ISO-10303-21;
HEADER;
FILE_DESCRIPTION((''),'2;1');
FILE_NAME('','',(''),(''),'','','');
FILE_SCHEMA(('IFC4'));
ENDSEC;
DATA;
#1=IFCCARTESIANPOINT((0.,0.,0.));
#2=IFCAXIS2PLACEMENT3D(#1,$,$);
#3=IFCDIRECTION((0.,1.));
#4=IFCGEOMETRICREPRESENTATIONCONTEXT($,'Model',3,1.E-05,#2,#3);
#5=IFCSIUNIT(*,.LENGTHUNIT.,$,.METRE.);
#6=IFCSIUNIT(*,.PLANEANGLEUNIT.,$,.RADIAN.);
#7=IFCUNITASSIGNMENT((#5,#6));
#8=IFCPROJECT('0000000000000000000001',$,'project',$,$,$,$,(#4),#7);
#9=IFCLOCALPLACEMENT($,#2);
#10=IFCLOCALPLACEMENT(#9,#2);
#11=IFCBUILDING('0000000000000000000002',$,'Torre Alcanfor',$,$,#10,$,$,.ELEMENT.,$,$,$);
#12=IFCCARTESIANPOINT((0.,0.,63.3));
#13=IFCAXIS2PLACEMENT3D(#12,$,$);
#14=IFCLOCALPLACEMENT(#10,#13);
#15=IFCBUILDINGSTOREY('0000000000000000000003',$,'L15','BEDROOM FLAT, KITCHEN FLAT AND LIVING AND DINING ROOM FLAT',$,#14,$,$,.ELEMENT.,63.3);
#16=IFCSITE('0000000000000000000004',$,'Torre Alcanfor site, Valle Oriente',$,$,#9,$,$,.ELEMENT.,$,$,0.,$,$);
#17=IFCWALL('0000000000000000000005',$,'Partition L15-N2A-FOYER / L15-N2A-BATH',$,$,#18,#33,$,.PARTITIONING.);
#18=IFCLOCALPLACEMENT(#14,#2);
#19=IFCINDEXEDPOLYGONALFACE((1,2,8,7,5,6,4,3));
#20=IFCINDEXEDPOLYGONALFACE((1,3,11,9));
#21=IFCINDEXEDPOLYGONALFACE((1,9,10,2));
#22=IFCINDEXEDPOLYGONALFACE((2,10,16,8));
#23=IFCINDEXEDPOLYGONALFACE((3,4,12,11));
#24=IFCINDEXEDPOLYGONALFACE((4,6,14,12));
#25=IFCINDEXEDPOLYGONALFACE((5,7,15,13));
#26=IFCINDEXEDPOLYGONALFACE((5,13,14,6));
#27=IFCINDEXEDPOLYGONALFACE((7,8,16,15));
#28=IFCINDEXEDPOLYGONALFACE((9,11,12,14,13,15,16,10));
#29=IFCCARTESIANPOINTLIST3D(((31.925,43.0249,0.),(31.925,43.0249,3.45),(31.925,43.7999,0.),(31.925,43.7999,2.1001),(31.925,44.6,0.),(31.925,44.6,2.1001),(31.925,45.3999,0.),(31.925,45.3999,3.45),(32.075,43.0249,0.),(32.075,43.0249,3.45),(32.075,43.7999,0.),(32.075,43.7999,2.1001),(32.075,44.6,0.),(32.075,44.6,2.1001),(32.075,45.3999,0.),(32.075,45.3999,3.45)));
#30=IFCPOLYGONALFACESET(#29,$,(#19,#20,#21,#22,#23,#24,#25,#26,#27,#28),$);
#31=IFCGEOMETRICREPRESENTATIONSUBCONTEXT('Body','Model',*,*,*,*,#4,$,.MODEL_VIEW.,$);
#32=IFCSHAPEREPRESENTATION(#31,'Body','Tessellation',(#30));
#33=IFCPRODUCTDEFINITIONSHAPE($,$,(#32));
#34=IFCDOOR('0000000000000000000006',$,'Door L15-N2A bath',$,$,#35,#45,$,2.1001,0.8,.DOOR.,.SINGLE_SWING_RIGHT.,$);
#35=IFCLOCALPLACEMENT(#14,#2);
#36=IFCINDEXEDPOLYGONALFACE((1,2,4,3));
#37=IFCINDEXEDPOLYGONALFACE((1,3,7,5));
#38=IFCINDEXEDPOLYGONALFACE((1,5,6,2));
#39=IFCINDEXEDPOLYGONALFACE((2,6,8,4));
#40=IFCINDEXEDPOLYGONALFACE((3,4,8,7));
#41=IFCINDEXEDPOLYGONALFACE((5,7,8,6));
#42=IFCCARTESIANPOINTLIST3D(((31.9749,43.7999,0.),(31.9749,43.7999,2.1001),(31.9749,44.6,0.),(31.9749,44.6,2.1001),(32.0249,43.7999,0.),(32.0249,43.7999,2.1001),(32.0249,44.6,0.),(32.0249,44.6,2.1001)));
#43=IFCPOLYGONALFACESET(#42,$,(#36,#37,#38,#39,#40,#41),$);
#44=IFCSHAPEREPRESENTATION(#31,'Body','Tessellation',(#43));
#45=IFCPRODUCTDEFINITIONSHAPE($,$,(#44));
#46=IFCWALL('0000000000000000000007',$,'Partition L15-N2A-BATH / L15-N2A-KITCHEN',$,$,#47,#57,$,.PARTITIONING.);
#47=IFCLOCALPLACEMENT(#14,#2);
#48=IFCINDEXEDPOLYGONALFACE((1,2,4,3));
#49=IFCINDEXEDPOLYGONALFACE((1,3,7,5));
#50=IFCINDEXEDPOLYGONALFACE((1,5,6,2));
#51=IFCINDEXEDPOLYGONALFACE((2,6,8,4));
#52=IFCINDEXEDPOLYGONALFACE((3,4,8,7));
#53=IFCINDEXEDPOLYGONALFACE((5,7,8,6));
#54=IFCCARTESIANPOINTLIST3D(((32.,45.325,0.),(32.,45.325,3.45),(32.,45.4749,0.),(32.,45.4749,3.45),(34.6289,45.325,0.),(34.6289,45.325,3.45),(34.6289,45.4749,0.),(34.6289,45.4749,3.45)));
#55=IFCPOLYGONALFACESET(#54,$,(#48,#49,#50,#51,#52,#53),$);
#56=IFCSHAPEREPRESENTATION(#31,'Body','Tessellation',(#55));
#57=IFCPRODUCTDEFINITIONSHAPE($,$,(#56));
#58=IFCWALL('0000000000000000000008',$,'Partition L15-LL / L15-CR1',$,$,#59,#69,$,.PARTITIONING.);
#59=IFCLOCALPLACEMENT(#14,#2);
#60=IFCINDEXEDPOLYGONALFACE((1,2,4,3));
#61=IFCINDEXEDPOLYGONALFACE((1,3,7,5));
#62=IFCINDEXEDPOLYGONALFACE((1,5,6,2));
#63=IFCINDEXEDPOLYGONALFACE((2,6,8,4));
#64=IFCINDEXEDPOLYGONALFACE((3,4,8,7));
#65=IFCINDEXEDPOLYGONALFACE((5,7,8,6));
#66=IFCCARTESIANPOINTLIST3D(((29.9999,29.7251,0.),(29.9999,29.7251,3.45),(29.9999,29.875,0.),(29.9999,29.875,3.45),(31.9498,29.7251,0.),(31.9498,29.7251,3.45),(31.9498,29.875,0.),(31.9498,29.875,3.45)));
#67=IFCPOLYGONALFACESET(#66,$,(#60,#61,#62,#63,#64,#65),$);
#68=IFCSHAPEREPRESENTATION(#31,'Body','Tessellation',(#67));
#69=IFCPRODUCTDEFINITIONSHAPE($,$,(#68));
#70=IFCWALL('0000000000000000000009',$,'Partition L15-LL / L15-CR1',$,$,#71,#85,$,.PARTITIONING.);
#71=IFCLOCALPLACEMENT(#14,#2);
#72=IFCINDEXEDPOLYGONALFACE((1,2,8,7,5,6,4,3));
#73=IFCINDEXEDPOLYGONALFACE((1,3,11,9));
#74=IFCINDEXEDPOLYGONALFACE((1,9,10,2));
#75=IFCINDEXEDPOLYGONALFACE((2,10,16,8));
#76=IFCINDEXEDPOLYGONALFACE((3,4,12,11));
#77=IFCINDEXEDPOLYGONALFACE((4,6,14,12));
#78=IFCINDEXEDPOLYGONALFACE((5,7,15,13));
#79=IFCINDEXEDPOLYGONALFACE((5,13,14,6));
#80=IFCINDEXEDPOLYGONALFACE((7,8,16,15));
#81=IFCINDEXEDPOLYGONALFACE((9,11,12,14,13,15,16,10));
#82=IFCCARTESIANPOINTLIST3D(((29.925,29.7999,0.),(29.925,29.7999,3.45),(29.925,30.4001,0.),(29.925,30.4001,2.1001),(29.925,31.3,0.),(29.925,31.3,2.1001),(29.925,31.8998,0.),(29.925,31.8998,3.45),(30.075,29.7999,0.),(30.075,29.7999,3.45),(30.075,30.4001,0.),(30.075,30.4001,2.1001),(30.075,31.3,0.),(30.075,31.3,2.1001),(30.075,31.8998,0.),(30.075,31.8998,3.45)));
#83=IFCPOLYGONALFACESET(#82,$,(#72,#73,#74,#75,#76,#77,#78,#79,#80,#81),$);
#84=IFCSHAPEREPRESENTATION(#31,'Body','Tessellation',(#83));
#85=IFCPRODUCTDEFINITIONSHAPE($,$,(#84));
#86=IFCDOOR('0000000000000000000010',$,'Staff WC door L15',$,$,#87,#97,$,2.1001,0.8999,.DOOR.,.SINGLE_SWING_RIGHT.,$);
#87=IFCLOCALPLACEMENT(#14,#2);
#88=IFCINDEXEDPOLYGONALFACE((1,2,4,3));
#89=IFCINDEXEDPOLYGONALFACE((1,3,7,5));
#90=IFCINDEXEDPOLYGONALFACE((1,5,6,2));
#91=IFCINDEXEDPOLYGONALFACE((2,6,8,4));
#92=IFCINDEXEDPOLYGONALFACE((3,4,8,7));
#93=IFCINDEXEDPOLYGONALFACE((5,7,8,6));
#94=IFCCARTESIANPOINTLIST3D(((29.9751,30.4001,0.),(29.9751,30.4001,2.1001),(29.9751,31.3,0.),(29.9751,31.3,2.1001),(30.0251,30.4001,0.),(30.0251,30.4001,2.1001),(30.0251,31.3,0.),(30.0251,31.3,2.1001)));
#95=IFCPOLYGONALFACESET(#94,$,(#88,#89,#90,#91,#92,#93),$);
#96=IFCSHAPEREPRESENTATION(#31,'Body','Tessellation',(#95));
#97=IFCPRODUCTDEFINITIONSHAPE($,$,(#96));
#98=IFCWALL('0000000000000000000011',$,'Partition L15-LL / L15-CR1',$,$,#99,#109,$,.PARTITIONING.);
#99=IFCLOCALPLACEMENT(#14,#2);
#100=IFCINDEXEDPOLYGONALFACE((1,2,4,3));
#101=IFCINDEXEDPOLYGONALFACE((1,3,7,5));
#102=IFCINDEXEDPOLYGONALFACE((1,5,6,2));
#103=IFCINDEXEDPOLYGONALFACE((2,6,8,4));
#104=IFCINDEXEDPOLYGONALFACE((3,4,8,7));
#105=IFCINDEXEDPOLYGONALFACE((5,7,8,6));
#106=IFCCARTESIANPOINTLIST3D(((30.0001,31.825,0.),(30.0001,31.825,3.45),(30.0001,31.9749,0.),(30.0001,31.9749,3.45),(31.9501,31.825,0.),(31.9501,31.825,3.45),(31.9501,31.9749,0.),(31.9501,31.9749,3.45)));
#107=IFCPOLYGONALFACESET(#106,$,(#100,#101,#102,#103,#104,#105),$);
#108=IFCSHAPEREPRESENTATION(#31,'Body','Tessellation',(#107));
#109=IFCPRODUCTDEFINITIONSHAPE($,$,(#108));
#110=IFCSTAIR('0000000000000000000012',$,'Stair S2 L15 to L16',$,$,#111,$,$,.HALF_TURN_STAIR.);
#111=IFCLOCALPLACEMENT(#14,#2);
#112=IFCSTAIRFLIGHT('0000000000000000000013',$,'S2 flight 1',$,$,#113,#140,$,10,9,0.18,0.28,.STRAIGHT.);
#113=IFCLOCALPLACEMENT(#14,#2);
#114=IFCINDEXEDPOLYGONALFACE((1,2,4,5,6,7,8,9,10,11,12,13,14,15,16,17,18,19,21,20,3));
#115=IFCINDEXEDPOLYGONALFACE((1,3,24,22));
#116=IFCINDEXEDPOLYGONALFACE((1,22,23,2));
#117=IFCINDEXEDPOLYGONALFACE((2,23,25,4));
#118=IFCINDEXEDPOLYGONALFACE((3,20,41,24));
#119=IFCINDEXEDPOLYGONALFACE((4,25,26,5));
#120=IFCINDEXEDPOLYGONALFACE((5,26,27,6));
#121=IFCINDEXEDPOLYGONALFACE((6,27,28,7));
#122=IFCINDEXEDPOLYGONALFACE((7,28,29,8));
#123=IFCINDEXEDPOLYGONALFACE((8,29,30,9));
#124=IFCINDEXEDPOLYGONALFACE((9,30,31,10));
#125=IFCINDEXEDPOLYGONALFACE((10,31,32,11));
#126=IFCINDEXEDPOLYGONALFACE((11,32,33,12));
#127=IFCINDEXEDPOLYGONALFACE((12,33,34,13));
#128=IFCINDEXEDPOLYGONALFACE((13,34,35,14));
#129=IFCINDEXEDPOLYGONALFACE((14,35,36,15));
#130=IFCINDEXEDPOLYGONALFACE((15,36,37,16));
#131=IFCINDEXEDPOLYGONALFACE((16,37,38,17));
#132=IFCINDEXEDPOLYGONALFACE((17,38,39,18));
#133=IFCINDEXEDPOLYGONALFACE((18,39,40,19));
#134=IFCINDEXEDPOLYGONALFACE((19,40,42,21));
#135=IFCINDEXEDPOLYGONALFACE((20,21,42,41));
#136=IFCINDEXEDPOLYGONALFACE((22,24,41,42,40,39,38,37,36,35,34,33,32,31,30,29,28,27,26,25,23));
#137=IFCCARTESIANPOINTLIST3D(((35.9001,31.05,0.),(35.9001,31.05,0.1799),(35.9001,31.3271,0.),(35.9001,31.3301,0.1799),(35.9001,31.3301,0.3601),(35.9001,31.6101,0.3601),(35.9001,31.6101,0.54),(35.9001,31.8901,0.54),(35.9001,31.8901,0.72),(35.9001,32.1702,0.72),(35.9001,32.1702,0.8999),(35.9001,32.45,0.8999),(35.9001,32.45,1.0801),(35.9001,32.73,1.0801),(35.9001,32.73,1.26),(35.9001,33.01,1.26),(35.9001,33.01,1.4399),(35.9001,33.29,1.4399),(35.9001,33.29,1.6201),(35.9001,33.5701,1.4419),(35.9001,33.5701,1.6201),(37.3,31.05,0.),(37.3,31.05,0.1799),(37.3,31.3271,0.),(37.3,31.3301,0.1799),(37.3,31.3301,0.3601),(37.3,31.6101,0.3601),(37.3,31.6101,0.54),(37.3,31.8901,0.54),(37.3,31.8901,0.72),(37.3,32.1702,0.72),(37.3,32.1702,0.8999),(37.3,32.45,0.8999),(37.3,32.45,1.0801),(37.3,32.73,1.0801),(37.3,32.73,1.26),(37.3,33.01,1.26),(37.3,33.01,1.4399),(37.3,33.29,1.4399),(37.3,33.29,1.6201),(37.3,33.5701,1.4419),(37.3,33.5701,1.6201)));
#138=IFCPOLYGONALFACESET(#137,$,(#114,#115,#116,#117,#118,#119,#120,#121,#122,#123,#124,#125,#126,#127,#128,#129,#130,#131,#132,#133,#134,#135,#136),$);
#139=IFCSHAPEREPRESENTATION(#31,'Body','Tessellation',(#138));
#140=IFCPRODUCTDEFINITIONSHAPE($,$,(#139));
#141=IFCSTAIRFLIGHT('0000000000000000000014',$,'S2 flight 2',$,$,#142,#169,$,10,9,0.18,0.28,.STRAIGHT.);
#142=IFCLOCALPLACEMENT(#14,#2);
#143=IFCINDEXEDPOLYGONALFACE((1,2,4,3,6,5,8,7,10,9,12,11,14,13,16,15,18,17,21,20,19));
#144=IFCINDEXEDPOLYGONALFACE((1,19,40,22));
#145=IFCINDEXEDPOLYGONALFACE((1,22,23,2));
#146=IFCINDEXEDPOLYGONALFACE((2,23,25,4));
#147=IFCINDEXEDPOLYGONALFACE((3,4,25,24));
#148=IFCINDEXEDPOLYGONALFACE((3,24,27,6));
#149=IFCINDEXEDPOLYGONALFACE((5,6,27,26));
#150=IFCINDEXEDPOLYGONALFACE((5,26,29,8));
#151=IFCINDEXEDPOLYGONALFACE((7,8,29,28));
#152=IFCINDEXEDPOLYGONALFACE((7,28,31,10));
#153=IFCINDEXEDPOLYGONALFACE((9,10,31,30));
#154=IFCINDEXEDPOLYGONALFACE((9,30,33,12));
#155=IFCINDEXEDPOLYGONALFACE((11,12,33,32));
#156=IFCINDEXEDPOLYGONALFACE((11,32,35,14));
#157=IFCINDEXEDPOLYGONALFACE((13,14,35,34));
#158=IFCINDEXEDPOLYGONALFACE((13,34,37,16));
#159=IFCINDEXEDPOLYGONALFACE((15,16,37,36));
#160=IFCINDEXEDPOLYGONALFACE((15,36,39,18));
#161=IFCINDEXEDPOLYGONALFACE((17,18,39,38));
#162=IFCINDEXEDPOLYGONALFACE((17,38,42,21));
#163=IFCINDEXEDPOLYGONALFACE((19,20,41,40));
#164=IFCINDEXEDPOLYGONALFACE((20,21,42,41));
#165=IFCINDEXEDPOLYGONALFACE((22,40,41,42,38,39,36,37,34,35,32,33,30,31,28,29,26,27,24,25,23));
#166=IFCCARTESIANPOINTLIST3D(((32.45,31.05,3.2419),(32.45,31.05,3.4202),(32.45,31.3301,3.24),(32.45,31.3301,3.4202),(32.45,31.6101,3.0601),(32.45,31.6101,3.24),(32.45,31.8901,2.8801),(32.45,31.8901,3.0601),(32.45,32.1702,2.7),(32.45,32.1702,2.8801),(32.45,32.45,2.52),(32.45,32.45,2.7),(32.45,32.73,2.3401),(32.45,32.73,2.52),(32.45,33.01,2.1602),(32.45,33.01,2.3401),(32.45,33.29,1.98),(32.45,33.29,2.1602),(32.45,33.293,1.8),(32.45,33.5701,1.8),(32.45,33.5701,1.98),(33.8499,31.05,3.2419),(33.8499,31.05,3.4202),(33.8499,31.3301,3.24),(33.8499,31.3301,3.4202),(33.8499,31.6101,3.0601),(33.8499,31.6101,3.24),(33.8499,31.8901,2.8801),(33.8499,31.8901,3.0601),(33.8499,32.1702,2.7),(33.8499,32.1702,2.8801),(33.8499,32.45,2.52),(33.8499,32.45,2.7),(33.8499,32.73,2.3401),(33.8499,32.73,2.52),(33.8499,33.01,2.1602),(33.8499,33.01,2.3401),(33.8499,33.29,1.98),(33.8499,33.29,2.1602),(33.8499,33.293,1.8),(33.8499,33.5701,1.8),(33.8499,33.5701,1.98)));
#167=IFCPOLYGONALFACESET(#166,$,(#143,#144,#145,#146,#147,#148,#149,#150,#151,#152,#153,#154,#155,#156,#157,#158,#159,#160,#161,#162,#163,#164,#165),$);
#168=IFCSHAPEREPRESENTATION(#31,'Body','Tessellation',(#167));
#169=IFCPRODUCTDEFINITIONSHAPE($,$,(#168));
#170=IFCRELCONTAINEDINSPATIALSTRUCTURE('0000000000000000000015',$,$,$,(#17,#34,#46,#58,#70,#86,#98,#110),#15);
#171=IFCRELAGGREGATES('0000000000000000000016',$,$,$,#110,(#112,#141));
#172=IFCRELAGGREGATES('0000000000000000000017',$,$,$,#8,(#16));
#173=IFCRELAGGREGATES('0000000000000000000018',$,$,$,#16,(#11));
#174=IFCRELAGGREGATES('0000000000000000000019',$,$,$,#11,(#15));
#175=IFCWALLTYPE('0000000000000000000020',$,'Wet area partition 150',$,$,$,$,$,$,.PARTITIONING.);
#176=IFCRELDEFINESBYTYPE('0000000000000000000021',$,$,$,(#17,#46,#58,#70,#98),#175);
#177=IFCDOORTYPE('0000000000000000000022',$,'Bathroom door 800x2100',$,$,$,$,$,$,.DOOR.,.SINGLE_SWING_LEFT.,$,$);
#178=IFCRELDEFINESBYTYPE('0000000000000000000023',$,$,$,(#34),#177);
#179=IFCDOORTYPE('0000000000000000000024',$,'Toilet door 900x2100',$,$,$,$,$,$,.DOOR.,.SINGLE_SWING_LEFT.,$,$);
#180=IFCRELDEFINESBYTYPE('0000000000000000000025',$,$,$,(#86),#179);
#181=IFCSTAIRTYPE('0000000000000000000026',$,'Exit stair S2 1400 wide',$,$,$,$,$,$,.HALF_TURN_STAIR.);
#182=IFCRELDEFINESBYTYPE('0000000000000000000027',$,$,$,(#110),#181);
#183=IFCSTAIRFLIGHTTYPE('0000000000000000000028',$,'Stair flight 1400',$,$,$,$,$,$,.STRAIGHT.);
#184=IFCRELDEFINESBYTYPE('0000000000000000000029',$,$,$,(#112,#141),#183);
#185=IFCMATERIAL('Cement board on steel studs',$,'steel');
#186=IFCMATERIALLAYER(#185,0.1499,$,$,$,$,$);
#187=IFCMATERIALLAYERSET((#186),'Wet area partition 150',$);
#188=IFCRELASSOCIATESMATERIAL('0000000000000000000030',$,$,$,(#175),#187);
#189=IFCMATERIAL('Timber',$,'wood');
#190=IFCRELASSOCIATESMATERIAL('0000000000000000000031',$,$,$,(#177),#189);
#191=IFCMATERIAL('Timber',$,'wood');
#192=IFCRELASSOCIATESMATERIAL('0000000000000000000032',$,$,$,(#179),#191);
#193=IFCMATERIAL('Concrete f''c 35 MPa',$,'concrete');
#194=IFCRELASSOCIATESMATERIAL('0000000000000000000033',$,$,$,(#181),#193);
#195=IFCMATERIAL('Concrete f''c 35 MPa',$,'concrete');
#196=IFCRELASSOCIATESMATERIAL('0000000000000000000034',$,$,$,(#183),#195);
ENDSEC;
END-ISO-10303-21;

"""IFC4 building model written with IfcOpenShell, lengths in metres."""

from ifc_helpers import new_model, si_unit, direction, frame, frame_2d, origin, place, context, subcontext, project, spatial, polyline, rectangle, outline, extrude, material, layer, layer_set, type_object, element, fill, aggregate, save


model = new_model("IFC4")

# Units and contexts
model_context = context("Model", 3, precision=1e-05, world=origin(), true_north=direction((0.0, 1.0)))
body_context = subcontext(model_context, "Body", "Model", "MODEL_VIEW")
ifc_project = project(units=[si_unit("LENGTHUNIT", "METRE"), si_unit("PLANEANGLEUNIT", "RADIAN")], contexts=[model_context])

# Site, building, storey
site_placement = place(None, origin())
site = spatial("IfcSite", under=ifc_project, at=site_placement, Name="Torre Alcanfor site, Valle Oriente", CompositionType="ELEMENT", RefElevation=0.0)
building_placement = place(site_placement, origin())
building = spatial("IfcBuilding", under=site, at=building_placement, Name="Torre Alcanfor", CompositionType="ELEMENT")
storey_placement = place(building_placement, frame((0.0, 0.0, 63.3)))
storey = spatial("IfcBuildingStorey", under=building, at=storey_placement, Name="L15", Description="BEDROOM FLAT, KITCHEN FLAT AND LIVING AND DINING ROOM FLAT", CompositionType="ELEMENT", Elevation=63.3)

# Wall, opening, door
ifc_material_1 = material(Name="Cement board on steel studs", Category="steel")
ifc_layer_1 = layer(ifc_material_1, 0.1499)
ifc_layer_set_1 = layer_set([ifc_layer_1], Name="Wet area partition 150")
wall_type_1 = type_object("IfcWallType", Name="Wet area partition 150", PredefinedType="PARTITIONING", material=ifc_layer_set_1)
wall_1_placement = place(storey_placement, frame((32.0, 45.3999, 0.0), z_axis=(0.0, 0.0, 1.0), x_axis=(0.0, -1.0, 0.0)))
wall_1 = element("IfcWall", 1, at=wall_1_placement, inside=storey, type_object=wall_type_1, Name="Partition L15-N2A-FOYER / L15-N2A-BATH", PredefinedType="PARTITIONING", context=body_context, shape_type="SweptSolid", body=[
    extrude(rectangle(XDim=2.375, YDim=0.1499, at=frame_2d((1.1875, 0.0))), origin(), (0.0, 0.0, 1.0), 3.45),
])
opening_1_placement = place(wall_1_placement, frame((0.8, 0.0, 0.0)))
opening_1 = element("IfcOpeningElement", 2, at=opening_1_placement, cuts=wall_1, PredefinedType="OPENING", context=body_context, shape_type="SweptSolid", body=[
    extrude(rectangle(XDim=0.8, YDim=2.1001, at=frame_2d((0.3999, 1.05))), frame((0.0, 0.085, 0.0), z_axis=(0.0, -1.0, 0.0), x_axis=(1.0, 0.0, 0.0)), (0.0, 0.0, 1.0), 0.1699),
])
ifc_material_2 = material(Name="Timber", Category="wood")
door_type_1 = type_object("IfcDoorType", Name="Bathroom door 800x2100", OperationType="SINGLE_SWING_LEFT", PredefinedType="DOOR", material=ifc_material_2)
door_1_placement = place(opening_1_placement, origin())
door_1 = element("IfcDoor", 3, at=door_1_placement, inside=storey, type_object=door_type_1, Name="Door L15-N2A bath", OperationType="SINGLE_SWING_RIGHT", OverallHeight=2.1001, OverallWidth=0.8, PredefinedType="DOOR", context=body_context, shape_type="SweptSolid", body=[
    extrude(rectangle(XDim=0.8, YDim=2.1001, at=frame_2d((0.3999, 1.05))), frame((0.0, 0.0249, 0.0), z_axis=(0.0, -1.0, 0.0), x_axis=(1.0, 0.0, 0.0)), (0.0, 0.0, 1.0), 0.05),
])
fill(opening_1, door_1)

# Walls
wall_2_placement = place(storey_placement, frame((32.0, 45.3999, 0.0), z_axis=(0.0, 0.0, 1.0), x_axis=(1.0, 0.0, 0.0)))
element("IfcWall", 4, at=wall_2_placement, inside=storey, type_object=wall_type_1, Name="Partition L15-N2A-BATH / L15-N2A-KITCHEN", PredefinedType="PARTITIONING", context=body_context, shape_type="SweptSolid", body=[
    extrude(rectangle(XDim=2.6289, YDim=0.1499, at=frame_2d((1.3145, 0.0))), origin(), (0.0, 0.0, 1.0), 3.45),
])
wall_3_placement = place(storey_placement, frame((31.95, 29.8, 0.0), z_axis=(0.0, 0.0, 1.0), x_axis=(-1.0, 0.0, 0.0)))
element("IfcWall", 5, at=wall_3_placement, inside=storey, type_object=wall_type_1, Name="Partition L15-LL / L15-CR1", PredefinedType="PARTITIONING", context=body_context, shape_type="SweptSolid", body=[
    extrude(rectangle(XDim=1.95, YDim=0.1499, at=frame_2d((0.9751, 0.0))), origin(), (0.0, 0.0, 1.0), 3.45),
])

# Wall, opening, door
wall_4_placement = place(storey_placement, frame((30.0, 29.8, 0.0), z_axis=(0.0, 0.0, 1.0), x_axis=(0.0, 1.0, 0.0)))
wall_4 = element("IfcWall", 6, at=wall_4_placement, inside=storey, type_object=wall_type_1, Name="Partition L15-LL / L15-CR1", PredefinedType="PARTITIONING", context=body_context, shape_type="SweptSolid", body=[
    extrude(rectangle(XDim=2.0999, YDim=0.1499, at=frame_2d((1.0498, 0.0))), origin(), (0.0, 0.0, 1.0), 3.45),
])
opening_2_placement = place(wall_4_placement, frame((0.6001, 0.0, 0.0)))
opening_2 = element("IfcOpeningElement", 7, at=opening_2_placement, cuts=wall_4, PredefinedType="OPENING", context=body_context, shape_type="SweptSolid", body=[
    extrude(rectangle(XDim=0.8999, YDim=2.1001, at=frame_2d((0.45, 1.05))), frame((0.0, 0.085, 0.0), z_axis=(0.0, -1.0, 0.0), x_axis=(1.0, 0.0, 0.0)), (0.0, 0.0, 1.0), 0.1699),
])
ifc_material_3 = material(Name="Timber", Category="wood")
door_type_2 = type_object("IfcDoorType", Name="Toilet door 900x2100", OperationType="SINGLE_SWING_LEFT", PredefinedType="DOOR", material=ifc_material_3)
door_2_placement = place(opening_2_placement, frame((0.8999, 0.0, 0.0), z_axis=(0.0, 0.0, 1.0), x_axis=(-1.0, 0.0, 0.0)))
door_2 = element("IfcDoor", 8, at=door_2_placement, inside=storey, type_object=door_type_2, Name="Staff WC door L15", OperationType="SINGLE_SWING_RIGHT", OverallHeight=2.1001, OverallWidth=0.8999, PredefinedType="DOOR", context=body_context, shape_type="SweptSolid", body=[
    extrude(rectangle(XDim=0.8999, YDim=2.1001, at=frame_2d((0.45, 1.05))), frame((0.0, 0.0251, 0.0), z_axis=(0.0, -1.0, 0.0), x_axis=(1.0, 0.0, 0.0)), (0.0, 0.0, 1.0), 0.05),
])
fill(opening_2, door_2)

# Wall
wall_5_placement = place(storey_placement, frame((30.0, 31.8999, 0.0), z_axis=(0.0, 0.0, 1.0), x_axis=(1.0, 0.0, 0.0)))
element("IfcWall", 9, at=wall_5_placement, inside=storey, type_object=wall_type_1, Name="Partition L15-LL / L15-CR1", PredefinedType="PARTITIONING", context=body_context, shape_type="SweptSolid", body=[
    extrude(rectangle(XDim=1.95, YDim=0.1499, at=frame_2d((0.9751, 0.0))), origin(), (0.0, 0.0, 1.0), 3.45),
])

# Stair, stair flights
ifc_material_4 = material(Name="Concrete f'c 35 MPa", Category="concrete")
stair_type = type_object("IfcStairType", Name="Exit stair S2 1400 wide", PredefinedType="HALF_TURN_STAIR", material=ifc_material_4)
stair_placement = place(storey_placement, origin())
stair = element("IfcStair", 10, at=stair_placement, inside=storey, type_object=stair_type, Name="Stair S2 L15 to L16", PredefinedType="HALF_TURN_STAIR")
ifc_material_5 = material(Name="Concrete f'c 35 MPa", Category="concrete")
stair_flight_type = type_object("IfcStairFlightType", Name="Stair flight 1400", PredefinedType="STRAIGHT", material=ifc_material_5)
stair_flight_1_placement = place(storey_placement, frame((36.6001, 31.05, 0.0), z_axis=(0.0, 0.0, 1.0), x_axis=(0.0, 1.0, 0.0)))
stair_flight_1 = element("IfcStairFlight", 11, at=stair_flight_1_placement, type_object=stair_flight_type, Name="S2 flight 1", NumberOfRisers=10, NumberOfTreads=9, PredefinedType="STRAIGHT", RiserHeight=0.18, TreadLength=0.28, context=body_context, shape_type="SweptSolid", body=[
    extrude(outline(polyline([(0.0, 0.0), (0.0, 0.1799), (0.28, 0.1799), (0.28, 0.3601), (0.5601, 0.3601), (0.5601, 0.54), (0.8401, 0.54), (0.8401, 0.72), (1.1201, 0.72), (1.1201, 0.8999), (1.3999, 0.8999), (1.3999, 1.0801), (1.6799, 1.0801), (1.6799, 1.26), (1.96, 1.26), (1.96, 1.4399), (2.24, 1.4399), (2.24, 1.6201), (2.52, 1.6201), (2.52, 1.8), (2.52, 1.4419), (0.2771, 0.0), (0.0, 0.0)])), frame((0.0, 0.7, 0.0), z_axis=(0.0, -1.0, 0.0), x_axis=(1.0, 0.0, 0.0)), (0.0, 0.0, 1.0), 1.3999),
])
stair_flight_2_placement = place(storey_placement, frame((33.1499, 33.5701, 1.8), z_axis=(0.0, 0.0, 1.0), x_axis=(0.0, -1.0, 0.0)))
stair_flight_2 = element("IfcStairFlight", 12, at=stair_flight_2_placement, type_object=stair_flight_type, Name="S2 flight 2", NumberOfRisers=10, NumberOfTreads=9, PredefinedType="STRAIGHT", RiserHeight=0.18, TreadLength=0.28, context=body_context, shape_type="SweptSolid", body=[
    extrude(outline(polyline([(0.0, 0.0), (0.0, 0.1799), (0.28, 0.1799), (0.28, 0.3601), (0.5601, 0.3601), (0.5601, 0.54), (0.8401, 0.54), (0.8401, 0.72), (1.1201, 0.72), (1.1201, 0.8999), (1.3999, 0.8999), (1.3999, 1.0801), (1.6799, 1.0801), (1.6799, 1.26), (1.96, 1.26), (1.96, 1.4399), (2.24, 1.4399), (2.24, 1.6201), (2.52, 1.6201), (2.52, 1.8), (2.52, 1.4419), (0.2771, 0.0), (0.0, 0.0)])), frame((0.0, 0.7, 0.0), z_axis=(0.0, -1.0, 0.0), x_axis=(1.0, 0.0, 0.0)), (0.0, 0.0, 1.0), 1.3999),
])
aggregate(stair, [stair_flight_1, stair_flight_2])

save(model, "model.ifc")
